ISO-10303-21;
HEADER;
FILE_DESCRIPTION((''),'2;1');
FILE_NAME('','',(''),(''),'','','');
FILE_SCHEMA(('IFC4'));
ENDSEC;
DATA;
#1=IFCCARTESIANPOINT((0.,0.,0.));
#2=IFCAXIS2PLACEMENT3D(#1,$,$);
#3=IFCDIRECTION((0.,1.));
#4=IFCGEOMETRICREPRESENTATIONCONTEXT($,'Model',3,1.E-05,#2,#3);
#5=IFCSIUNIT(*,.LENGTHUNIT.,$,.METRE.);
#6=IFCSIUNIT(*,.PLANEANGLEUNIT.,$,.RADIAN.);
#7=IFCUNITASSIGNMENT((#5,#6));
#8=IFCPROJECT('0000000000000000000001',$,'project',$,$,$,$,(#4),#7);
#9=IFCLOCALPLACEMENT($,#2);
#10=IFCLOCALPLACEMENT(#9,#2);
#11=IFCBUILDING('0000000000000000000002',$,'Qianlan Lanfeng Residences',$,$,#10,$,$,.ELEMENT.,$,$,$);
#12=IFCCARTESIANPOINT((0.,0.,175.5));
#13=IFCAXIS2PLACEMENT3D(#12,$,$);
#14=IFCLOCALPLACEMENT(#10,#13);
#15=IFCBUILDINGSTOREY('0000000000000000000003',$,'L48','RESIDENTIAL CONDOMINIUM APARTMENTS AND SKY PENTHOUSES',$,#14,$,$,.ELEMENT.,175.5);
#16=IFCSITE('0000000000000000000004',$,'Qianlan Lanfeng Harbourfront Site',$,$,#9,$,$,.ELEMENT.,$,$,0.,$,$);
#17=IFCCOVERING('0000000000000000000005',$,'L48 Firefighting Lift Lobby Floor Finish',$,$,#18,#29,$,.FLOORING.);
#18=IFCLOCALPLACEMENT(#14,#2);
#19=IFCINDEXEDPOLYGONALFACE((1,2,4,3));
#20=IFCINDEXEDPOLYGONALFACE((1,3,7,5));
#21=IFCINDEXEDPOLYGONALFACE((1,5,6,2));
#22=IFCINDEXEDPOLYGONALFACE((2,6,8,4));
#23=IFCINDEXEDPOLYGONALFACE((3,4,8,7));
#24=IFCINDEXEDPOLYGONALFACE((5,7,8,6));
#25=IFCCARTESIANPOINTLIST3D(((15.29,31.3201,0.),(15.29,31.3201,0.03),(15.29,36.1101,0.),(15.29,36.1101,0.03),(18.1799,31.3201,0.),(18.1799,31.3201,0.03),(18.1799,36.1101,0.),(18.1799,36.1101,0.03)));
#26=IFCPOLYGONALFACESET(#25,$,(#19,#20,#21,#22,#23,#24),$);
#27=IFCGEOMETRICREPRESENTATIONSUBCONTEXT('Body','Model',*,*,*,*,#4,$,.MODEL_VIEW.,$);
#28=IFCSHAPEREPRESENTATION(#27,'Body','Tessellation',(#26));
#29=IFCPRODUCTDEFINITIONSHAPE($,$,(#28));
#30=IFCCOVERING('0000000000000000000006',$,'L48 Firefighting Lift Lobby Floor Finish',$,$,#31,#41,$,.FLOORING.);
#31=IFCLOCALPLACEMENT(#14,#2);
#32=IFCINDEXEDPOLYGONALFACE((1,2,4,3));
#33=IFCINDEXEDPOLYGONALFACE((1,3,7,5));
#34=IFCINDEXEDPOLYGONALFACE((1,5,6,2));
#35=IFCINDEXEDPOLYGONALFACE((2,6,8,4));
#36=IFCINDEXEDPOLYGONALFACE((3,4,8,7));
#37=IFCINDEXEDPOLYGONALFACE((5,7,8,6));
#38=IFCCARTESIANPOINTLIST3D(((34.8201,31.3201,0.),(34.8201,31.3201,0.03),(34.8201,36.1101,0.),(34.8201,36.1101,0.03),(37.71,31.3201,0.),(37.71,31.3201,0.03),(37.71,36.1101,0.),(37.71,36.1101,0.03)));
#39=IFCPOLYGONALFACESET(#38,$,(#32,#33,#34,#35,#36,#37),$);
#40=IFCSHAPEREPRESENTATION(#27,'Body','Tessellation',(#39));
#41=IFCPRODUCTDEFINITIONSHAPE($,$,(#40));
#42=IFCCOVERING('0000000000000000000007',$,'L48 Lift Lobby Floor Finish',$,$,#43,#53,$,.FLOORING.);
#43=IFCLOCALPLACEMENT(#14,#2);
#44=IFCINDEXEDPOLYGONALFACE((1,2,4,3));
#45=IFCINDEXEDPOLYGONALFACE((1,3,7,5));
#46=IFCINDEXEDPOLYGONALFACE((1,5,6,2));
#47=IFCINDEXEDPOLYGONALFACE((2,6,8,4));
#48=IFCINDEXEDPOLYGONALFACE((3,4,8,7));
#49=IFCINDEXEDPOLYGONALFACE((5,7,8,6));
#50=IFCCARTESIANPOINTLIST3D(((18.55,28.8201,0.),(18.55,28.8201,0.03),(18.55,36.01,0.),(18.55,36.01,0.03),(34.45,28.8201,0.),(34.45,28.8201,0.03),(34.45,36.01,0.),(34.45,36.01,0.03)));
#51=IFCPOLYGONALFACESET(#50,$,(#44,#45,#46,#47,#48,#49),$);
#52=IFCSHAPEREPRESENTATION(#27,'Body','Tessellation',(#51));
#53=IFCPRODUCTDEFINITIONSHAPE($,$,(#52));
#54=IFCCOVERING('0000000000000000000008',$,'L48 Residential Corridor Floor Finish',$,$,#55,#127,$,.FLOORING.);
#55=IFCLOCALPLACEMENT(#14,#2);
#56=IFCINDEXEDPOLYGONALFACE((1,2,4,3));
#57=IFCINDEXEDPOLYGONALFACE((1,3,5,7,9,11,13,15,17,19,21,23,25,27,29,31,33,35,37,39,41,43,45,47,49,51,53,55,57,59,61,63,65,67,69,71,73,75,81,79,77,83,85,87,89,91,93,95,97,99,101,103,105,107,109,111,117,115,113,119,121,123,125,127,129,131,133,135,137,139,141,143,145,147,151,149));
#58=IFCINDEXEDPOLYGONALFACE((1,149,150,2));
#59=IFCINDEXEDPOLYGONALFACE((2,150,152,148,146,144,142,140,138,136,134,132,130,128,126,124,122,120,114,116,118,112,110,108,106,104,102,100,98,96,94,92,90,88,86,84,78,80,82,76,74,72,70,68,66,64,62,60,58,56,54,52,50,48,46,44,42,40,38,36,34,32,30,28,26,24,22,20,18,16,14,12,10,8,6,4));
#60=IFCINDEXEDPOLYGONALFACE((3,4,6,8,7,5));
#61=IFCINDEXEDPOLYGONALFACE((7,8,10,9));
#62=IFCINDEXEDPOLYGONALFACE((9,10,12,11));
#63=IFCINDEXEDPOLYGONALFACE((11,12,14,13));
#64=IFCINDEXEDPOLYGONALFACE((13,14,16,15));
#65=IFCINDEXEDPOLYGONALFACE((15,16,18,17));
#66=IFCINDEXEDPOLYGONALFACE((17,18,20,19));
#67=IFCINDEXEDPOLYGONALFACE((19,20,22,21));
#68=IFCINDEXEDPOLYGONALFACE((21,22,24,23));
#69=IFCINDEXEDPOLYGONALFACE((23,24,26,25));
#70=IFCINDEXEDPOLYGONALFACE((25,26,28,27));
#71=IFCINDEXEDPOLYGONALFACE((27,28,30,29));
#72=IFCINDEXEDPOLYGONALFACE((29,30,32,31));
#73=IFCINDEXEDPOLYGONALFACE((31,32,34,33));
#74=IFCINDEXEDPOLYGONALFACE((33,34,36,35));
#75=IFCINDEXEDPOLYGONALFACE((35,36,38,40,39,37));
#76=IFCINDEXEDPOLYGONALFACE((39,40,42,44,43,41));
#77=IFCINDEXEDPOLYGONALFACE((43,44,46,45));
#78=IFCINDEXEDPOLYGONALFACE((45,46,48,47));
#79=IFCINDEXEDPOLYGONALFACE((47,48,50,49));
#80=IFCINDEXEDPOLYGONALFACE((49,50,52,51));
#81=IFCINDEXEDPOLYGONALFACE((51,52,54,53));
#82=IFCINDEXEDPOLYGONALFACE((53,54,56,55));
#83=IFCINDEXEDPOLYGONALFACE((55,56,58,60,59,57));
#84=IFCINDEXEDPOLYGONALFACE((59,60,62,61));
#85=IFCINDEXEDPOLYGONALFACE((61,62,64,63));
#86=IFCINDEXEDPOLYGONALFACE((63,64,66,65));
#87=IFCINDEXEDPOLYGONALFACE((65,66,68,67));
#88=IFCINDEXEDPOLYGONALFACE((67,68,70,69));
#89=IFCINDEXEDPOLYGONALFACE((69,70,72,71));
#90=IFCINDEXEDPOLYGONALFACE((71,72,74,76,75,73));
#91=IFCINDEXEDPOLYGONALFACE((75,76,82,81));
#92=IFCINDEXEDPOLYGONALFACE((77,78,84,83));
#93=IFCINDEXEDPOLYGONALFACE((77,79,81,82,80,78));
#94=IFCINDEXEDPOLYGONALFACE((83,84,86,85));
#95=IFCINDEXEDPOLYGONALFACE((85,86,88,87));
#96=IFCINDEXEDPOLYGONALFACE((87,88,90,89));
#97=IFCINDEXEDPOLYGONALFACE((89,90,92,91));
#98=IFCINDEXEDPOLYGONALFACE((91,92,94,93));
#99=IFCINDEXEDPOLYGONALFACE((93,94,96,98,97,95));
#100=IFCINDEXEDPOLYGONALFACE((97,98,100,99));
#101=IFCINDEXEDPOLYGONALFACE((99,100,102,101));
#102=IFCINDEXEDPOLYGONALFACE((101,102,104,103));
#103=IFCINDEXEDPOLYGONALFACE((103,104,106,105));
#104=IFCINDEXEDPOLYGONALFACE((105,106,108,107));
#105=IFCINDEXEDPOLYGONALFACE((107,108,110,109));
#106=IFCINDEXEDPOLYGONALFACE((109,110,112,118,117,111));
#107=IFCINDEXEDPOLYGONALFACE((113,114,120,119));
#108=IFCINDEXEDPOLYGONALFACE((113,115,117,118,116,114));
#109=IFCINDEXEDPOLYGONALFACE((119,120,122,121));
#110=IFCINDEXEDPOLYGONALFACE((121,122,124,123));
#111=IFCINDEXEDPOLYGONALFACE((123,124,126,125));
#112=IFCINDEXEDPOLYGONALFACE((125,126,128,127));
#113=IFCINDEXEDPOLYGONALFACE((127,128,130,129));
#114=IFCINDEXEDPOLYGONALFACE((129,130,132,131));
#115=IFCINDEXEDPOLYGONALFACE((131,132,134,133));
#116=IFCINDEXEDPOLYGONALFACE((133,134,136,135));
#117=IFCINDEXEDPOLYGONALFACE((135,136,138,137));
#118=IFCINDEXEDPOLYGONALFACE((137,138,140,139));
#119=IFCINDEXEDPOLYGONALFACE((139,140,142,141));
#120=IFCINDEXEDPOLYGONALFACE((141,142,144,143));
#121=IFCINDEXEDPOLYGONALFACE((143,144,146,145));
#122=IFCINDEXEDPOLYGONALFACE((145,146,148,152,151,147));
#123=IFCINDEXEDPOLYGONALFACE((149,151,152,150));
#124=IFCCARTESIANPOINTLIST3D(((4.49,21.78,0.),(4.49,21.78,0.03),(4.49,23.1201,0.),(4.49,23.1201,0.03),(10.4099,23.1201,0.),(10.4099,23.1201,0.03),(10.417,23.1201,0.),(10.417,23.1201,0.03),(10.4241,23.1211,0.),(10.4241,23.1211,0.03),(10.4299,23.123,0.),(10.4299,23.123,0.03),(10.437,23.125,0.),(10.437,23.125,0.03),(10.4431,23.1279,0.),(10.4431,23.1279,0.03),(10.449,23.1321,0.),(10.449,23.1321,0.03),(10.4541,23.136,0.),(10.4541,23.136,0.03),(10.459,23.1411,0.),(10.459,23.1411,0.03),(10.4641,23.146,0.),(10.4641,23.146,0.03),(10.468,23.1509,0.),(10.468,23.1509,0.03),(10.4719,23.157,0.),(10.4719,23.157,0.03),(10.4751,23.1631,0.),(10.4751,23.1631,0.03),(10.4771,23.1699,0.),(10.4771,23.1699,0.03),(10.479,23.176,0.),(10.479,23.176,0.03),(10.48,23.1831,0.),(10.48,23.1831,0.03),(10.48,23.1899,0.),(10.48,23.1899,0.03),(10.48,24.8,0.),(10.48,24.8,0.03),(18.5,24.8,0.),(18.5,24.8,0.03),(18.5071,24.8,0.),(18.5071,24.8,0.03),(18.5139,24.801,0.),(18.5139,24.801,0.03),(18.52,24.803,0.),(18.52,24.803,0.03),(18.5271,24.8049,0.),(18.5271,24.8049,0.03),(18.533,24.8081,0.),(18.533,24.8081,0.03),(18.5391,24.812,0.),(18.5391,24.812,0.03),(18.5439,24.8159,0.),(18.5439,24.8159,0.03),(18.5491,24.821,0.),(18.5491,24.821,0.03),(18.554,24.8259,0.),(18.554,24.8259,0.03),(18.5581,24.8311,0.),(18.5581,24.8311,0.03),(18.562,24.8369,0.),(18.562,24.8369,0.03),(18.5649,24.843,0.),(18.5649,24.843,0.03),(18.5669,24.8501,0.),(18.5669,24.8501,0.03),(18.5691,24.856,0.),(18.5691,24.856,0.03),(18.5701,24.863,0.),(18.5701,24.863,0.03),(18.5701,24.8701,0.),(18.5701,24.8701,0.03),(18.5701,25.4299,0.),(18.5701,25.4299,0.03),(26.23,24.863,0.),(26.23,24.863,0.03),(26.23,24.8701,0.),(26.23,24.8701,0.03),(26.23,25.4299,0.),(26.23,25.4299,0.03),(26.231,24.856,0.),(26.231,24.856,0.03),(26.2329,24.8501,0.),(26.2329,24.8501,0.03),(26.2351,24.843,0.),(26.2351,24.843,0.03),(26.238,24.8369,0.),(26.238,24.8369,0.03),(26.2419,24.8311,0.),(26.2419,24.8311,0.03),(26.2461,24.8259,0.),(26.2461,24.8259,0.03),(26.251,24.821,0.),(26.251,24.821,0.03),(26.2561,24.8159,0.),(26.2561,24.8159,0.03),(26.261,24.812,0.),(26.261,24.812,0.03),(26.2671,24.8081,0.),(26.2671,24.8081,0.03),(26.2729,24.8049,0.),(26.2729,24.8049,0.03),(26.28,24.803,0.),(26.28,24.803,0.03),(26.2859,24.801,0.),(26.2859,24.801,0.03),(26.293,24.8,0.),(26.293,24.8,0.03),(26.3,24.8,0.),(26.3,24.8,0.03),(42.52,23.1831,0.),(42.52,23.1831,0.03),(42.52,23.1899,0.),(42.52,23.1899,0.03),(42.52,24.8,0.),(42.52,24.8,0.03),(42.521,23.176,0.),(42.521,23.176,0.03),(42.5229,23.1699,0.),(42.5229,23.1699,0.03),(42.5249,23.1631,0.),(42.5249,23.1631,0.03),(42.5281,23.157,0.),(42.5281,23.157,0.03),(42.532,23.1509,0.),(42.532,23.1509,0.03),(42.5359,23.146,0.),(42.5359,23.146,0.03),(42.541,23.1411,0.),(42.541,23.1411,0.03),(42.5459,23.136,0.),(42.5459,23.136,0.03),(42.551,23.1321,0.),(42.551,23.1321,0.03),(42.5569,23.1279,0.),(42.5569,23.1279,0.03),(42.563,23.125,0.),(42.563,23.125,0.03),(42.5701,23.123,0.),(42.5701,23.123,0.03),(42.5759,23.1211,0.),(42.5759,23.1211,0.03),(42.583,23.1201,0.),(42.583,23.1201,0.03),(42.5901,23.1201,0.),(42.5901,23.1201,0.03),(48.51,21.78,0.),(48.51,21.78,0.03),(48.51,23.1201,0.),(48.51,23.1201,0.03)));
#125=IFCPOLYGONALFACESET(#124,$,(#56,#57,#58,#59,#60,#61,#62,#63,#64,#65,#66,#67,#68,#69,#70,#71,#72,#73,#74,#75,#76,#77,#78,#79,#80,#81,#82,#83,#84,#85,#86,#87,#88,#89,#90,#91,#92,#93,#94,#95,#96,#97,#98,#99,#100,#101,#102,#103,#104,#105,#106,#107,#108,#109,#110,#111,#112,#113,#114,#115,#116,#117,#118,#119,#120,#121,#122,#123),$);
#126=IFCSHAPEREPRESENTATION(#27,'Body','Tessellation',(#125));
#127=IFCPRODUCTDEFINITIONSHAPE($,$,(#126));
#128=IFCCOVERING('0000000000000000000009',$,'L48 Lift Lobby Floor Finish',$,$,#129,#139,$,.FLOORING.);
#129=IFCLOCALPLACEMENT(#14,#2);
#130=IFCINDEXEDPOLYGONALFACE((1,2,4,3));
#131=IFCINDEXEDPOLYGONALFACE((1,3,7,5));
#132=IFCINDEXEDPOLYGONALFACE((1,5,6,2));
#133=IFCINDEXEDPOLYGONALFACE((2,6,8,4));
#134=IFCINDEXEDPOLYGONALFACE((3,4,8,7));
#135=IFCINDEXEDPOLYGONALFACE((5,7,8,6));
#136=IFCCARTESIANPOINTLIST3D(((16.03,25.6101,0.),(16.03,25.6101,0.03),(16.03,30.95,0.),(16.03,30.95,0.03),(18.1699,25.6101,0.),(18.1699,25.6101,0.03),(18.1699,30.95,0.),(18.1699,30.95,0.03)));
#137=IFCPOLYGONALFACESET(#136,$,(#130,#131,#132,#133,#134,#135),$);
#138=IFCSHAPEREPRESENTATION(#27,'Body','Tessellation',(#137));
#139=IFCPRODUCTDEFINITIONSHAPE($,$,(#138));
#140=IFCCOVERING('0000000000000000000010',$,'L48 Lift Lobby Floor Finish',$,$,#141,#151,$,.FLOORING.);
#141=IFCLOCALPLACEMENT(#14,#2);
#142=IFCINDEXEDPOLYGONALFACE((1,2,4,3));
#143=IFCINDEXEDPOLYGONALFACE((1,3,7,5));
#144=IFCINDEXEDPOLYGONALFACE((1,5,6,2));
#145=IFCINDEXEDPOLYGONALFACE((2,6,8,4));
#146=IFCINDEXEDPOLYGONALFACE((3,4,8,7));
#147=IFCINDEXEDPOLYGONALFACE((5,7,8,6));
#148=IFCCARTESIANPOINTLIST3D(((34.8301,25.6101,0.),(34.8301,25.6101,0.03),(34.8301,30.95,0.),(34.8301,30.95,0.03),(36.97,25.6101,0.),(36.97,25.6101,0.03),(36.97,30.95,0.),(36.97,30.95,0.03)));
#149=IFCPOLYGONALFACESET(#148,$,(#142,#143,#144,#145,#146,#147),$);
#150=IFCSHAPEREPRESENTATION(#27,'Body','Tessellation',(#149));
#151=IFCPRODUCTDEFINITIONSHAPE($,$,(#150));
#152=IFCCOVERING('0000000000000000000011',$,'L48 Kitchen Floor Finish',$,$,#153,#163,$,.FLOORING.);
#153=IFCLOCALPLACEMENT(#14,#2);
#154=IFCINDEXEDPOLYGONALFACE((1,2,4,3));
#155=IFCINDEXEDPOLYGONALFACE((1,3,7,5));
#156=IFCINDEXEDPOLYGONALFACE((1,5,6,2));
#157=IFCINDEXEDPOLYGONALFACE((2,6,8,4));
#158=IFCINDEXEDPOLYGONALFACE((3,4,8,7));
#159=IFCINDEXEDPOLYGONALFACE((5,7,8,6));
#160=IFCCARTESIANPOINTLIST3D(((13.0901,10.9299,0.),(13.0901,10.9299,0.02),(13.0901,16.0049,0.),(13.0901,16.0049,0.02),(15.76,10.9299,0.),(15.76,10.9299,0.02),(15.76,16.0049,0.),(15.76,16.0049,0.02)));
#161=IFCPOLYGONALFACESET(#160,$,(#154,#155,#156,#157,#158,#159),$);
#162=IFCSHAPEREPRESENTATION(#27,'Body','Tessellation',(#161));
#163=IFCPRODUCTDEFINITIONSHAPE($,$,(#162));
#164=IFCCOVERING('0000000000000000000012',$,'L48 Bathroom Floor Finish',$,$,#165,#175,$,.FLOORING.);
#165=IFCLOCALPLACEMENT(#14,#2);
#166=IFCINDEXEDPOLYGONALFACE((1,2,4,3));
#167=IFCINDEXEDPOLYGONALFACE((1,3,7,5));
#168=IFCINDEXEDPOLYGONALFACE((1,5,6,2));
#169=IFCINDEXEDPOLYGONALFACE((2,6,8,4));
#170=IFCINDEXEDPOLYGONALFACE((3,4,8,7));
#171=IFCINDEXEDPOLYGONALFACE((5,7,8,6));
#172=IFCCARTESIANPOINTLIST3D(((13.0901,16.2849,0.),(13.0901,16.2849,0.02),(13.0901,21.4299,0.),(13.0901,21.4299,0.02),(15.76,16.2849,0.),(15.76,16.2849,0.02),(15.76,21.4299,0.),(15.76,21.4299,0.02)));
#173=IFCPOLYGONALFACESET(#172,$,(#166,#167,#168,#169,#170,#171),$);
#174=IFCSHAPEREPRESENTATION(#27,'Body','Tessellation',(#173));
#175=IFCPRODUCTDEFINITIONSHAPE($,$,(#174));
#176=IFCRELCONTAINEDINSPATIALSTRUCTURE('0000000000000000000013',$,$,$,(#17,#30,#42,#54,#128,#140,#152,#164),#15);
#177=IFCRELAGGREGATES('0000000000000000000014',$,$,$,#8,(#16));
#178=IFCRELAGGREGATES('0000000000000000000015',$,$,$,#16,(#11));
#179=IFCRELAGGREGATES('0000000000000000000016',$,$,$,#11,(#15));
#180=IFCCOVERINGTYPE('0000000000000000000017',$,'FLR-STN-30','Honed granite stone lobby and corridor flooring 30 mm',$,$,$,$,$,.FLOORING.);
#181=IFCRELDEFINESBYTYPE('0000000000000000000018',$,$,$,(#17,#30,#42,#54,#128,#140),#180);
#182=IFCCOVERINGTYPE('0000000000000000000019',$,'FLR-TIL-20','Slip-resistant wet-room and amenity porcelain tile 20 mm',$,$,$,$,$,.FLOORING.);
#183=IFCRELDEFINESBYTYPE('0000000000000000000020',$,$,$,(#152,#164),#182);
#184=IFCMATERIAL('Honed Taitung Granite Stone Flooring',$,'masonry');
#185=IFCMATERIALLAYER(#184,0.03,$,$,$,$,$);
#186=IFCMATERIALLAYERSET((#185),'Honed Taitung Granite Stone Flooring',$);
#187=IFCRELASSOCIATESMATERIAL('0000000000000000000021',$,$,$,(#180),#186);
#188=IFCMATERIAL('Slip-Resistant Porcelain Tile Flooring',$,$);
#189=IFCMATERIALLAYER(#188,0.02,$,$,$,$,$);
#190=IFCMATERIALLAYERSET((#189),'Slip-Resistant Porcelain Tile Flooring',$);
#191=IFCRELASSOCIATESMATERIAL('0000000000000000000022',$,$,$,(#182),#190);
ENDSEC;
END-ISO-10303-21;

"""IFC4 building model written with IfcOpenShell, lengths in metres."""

from ifc_helpers import new_model, si_unit, direction, frame, origin, place, context, subcontext, project, spatial, polyline, outline, extrude, material, layer, layer_set, type_object, element, save


model = new_model("IFC4")

# Units and contexts
model_context = context("Model", 3, precision=1e-05, world=origin(), true_north=direction((0.0, 1.0)))
body_context = subcontext(model_context, "Body", "Model", "MODEL_VIEW")
ifc_project = project(units=[si_unit("LENGTHUNIT", "METRE"), si_unit("PLANEANGLEUNIT", "RADIAN")], contexts=[model_context])

# Site, building, storey
site_placement = place(None, origin())
site = spatial("IfcSite", under=ifc_project, at=site_placement, Name="Qianlan Lanfeng Harbourfront Site", CompositionType="ELEMENT", RefElevation=0.0)
building_placement = place(site_placement, origin())
building = spatial("IfcBuilding", under=site, at=building_placement, Name="Qianlan Lanfeng Residences", CompositionType="ELEMENT")
storey_placement = place(building_placement, frame((0.0, 0.0, 175.5)))
storey = spatial("IfcBuildingStorey", under=building, at=storey_placement, Name="L48", Description="RESIDENTIAL CONDOMINIUM APARTMENTS AND SKY PENTHOUSES", CompositionType="ELEMENT", Elevation=175.5)

# Coverings
ifc_material_1 = material(Name="Honed Taitung Granite Stone Flooring", Category="masonry")
ifc_layer_1 = layer(ifc_material_1, 0.03)
ifc_layer_set_1 = layer_set([ifc_layer_1], Name="Honed Taitung Granite Stone Flooring")
covering_type_1 = type_object("IfcCoveringType", Name="FLR-STN-30", Description="Honed granite stone lobby and corridor flooring 30 mm", PredefinedType="FLOORING", material=ifc_layer_set_1)
covering_1_placement = place(storey_placement, origin())
element("IfcCovering", 1, at=covering_1_placement, inside=storey, type_object=covering_type_1, Name="L48 Firefighting Lift Lobby Floor Finish", PredefinedType="FLOORING", context=body_context, shape_type="SweptSolid", body=[
    extrude(outline(polyline([(15.29, 31.3201), (18.1799, 31.3201), (18.1799, 36.1101), (15.29, 36.1101), (15.29, 31.3201)])), origin(), (0.0, 0.0, 1.0), 0.03),
])
covering_2_placement = place(storey_placement, origin())
element("IfcCovering", 2, at=covering_2_placement, inside=storey, type_object=covering_type_1, Name="L48 Firefighting Lift Lobby Floor Finish", PredefinedType="FLOORING", context=body_context, shape_type="SweptSolid", body=[
    extrude(outline(polyline([(34.8201, 31.3201), (37.71, 31.3201), (37.71, 36.1101), (34.8201, 36.1101), (34.8201, 31.3201)])), origin(), (0.0, 0.0, 1.0), 0.03),
])
covering_3_placement = place(storey_placement, origin())
element("IfcCovering", 3, at=covering_3_placement, inside=storey, type_object=covering_type_1, Name="L48 Lift Lobby Floor Finish", PredefinedType="FLOORING", context=body_context, shape_type="SweptSolid", body=[
    extrude(outline(polyline([(18.55, 28.8201), (34.45, 28.8201), (34.45, 36.01), (18.55, 36.01), (18.55, 28.8201)])), origin(), (0.0, 0.0, 1.0), 0.03),
])
covering_4_placement = place(storey_placement, origin())
element("IfcCovering", 4, at=covering_4_placement, inside=storey, type_object=covering_type_1, Name="L48 Residential Corridor Floor Finish", PredefinedType="FLOORING", context=body_context, shape_type="SweptSolid", body=[
    extrude(outline(polyline([(4.49, 21.78), (48.51, 21.78), (48.51, 23.1201), (42.5901, 23.1201), (42.583, 23.1201), (42.5759, 23.1211), (42.5701, 23.123), (42.563, 23.125), (42.5569, 23.1279), (42.551, 23.1321), (42.5459, 23.136), (42.541, 23.1411), (42.5359, 23.146), (42.532, 23.1509), (42.5281, 23.157), (42.5249, 23.1631), (42.5229, 23.1699), (42.521, 23.176), (42.52, 23.1831), (42.52, 23.1899), (42.52, 24.8), (26.3, 24.8), (26.293, 24.8), (26.2859, 24.801), (26.28, 24.803), (26.2729, 24.8049), (26.2671, 24.8081), (26.261, 24.812), (26.2561, 24.8159), (26.251, 24.821), (26.2461, 24.8259), (26.2419, 24.8311), (26.238, 24.8369), (26.2351, 24.843), (26.2329, 24.8501), (26.231, 24.856), (26.23, 24.863), (26.23, 24.8701), (26.23, 25.4299), (18.5701, 25.4299), (18.5701, 24.8701), (18.5701, 24.863), (18.5691, 24.856), (18.5669, 24.8501), (18.5649, 24.843), (18.562, 24.8369), (18.5581, 24.8311), (18.554, 24.8259), (18.5491, 24.821), (18.5439, 24.8159), (18.5391, 24.812), (18.533, 24.8081), (18.5271, 24.8049), (18.52, 24.803), (18.5139, 24.801), (18.5071, 24.8), (18.5, 24.8), (10.48, 24.8), (10.48, 23.1899), (10.48, 23.1831), (10.479, 23.176), (10.4771, 23.1699), (10.4751, 23.1631), (10.4719, 23.157), (10.468, 23.1509), (10.4641, 23.146), (10.459, 23.1411), (10.4541, 23.136), (10.449, 23.1321), (10.4431, 23.1279), (10.437, 23.125), (10.4299, 23.123), (10.4241, 23.1211), (10.417, 23.1201), (10.4099, 23.1201), (4.49, 23.1201), (4.49, 21.78)])), origin(), (0.0, 0.0, 1.0), 0.03),
])
covering_5_placement = place(storey_placement, origin())
element("IfcCovering", 5, at=covering_5_placement, inside=storey, type_object=covering_type_1, Name="L48 Lift Lobby Floor Finish", PredefinedType="FLOORING", context=body_context, shape_type="SweptSolid", body=[
    extrude(outline(polyline([(16.03, 25.6101), (18.1699, 25.6101), (18.1699, 30.95), (16.03, 30.95), (16.03, 25.6101)])), origin(), (0.0, 0.0, 1.0), 0.03),
])
covering_6_placement = place(storey_placement, origin())
element("IfcCovering", 6, at=covering_6_placement, inside=storey, type_object=covering_type_1, Name="L48 Lift Lobby Floor Finish", PredefinedType="FLOORING", context=body_context, shape_type="SweptSolid", body=[
    extrude(outline(polyline([(34.8301, 25.6101), (36.97, 25.6101), (36.97, 30.95), (34.8301, 30.95), (34.8301, 25.6101)])), origin(), (0.0, 0.0, 1.0), 0.03),
])
ifc_material_2 = material(Name="Slip-Resistant Porcelain Tile Flooring")
ifc_layer_2 = layer(ifc_material_2, 0.02)
ifc_layer_set_2 = layer_set([ifc_layer_2], Name="Slip-Resistant Porcelain Tile Flooring")
covering_type_2 = type_object("IfcCoveringType", Name="FLR-TIL-20", Description="Slip-resistant wet-room and amenity porcelain tile 20 mm", PredefinedType="FLOORING", material=ifc_layer_set_2)
covering_7_placement = place(storey_placement, origin())
element("IfcCovering", 7, at=covering_7_placement, inside=storey, type_object=covering_type_2, Name="L48 Kitchen Floor Finish", PredefinedType="FLOORING", context=body_context, shape_type="SweptSolid", body=[
    extrude(outline(polyline([(13.0901, 10.9299), (15.76, 10.9299), (15.76, 16.0049), (13.0901, 16.0049), (13.0901, 10.9299)])), origin(), (0.0, 0.0, 1.0), 0.02),
])
covering_8_placement = place(storey_placement, origin())
element("IfcCovering", 8, at=covering_8_placement, inside=storey, type_object=covering_type_2, Name="L48 Bathroom Floor Finish", PredefinedType="FLOORING", context=body_context, shape_type="SweptSolid", body=[
    extrude(outline(polyline([(13.0901, 16.2849), (15.76, 16.2849), (15.76, 21.4299), (13.0901, 21.4299), (13.0901, 16.2849)])), origin(), (0.0, 0.0, 1.0), 0.02),
])

save(model, "model.ifc")
